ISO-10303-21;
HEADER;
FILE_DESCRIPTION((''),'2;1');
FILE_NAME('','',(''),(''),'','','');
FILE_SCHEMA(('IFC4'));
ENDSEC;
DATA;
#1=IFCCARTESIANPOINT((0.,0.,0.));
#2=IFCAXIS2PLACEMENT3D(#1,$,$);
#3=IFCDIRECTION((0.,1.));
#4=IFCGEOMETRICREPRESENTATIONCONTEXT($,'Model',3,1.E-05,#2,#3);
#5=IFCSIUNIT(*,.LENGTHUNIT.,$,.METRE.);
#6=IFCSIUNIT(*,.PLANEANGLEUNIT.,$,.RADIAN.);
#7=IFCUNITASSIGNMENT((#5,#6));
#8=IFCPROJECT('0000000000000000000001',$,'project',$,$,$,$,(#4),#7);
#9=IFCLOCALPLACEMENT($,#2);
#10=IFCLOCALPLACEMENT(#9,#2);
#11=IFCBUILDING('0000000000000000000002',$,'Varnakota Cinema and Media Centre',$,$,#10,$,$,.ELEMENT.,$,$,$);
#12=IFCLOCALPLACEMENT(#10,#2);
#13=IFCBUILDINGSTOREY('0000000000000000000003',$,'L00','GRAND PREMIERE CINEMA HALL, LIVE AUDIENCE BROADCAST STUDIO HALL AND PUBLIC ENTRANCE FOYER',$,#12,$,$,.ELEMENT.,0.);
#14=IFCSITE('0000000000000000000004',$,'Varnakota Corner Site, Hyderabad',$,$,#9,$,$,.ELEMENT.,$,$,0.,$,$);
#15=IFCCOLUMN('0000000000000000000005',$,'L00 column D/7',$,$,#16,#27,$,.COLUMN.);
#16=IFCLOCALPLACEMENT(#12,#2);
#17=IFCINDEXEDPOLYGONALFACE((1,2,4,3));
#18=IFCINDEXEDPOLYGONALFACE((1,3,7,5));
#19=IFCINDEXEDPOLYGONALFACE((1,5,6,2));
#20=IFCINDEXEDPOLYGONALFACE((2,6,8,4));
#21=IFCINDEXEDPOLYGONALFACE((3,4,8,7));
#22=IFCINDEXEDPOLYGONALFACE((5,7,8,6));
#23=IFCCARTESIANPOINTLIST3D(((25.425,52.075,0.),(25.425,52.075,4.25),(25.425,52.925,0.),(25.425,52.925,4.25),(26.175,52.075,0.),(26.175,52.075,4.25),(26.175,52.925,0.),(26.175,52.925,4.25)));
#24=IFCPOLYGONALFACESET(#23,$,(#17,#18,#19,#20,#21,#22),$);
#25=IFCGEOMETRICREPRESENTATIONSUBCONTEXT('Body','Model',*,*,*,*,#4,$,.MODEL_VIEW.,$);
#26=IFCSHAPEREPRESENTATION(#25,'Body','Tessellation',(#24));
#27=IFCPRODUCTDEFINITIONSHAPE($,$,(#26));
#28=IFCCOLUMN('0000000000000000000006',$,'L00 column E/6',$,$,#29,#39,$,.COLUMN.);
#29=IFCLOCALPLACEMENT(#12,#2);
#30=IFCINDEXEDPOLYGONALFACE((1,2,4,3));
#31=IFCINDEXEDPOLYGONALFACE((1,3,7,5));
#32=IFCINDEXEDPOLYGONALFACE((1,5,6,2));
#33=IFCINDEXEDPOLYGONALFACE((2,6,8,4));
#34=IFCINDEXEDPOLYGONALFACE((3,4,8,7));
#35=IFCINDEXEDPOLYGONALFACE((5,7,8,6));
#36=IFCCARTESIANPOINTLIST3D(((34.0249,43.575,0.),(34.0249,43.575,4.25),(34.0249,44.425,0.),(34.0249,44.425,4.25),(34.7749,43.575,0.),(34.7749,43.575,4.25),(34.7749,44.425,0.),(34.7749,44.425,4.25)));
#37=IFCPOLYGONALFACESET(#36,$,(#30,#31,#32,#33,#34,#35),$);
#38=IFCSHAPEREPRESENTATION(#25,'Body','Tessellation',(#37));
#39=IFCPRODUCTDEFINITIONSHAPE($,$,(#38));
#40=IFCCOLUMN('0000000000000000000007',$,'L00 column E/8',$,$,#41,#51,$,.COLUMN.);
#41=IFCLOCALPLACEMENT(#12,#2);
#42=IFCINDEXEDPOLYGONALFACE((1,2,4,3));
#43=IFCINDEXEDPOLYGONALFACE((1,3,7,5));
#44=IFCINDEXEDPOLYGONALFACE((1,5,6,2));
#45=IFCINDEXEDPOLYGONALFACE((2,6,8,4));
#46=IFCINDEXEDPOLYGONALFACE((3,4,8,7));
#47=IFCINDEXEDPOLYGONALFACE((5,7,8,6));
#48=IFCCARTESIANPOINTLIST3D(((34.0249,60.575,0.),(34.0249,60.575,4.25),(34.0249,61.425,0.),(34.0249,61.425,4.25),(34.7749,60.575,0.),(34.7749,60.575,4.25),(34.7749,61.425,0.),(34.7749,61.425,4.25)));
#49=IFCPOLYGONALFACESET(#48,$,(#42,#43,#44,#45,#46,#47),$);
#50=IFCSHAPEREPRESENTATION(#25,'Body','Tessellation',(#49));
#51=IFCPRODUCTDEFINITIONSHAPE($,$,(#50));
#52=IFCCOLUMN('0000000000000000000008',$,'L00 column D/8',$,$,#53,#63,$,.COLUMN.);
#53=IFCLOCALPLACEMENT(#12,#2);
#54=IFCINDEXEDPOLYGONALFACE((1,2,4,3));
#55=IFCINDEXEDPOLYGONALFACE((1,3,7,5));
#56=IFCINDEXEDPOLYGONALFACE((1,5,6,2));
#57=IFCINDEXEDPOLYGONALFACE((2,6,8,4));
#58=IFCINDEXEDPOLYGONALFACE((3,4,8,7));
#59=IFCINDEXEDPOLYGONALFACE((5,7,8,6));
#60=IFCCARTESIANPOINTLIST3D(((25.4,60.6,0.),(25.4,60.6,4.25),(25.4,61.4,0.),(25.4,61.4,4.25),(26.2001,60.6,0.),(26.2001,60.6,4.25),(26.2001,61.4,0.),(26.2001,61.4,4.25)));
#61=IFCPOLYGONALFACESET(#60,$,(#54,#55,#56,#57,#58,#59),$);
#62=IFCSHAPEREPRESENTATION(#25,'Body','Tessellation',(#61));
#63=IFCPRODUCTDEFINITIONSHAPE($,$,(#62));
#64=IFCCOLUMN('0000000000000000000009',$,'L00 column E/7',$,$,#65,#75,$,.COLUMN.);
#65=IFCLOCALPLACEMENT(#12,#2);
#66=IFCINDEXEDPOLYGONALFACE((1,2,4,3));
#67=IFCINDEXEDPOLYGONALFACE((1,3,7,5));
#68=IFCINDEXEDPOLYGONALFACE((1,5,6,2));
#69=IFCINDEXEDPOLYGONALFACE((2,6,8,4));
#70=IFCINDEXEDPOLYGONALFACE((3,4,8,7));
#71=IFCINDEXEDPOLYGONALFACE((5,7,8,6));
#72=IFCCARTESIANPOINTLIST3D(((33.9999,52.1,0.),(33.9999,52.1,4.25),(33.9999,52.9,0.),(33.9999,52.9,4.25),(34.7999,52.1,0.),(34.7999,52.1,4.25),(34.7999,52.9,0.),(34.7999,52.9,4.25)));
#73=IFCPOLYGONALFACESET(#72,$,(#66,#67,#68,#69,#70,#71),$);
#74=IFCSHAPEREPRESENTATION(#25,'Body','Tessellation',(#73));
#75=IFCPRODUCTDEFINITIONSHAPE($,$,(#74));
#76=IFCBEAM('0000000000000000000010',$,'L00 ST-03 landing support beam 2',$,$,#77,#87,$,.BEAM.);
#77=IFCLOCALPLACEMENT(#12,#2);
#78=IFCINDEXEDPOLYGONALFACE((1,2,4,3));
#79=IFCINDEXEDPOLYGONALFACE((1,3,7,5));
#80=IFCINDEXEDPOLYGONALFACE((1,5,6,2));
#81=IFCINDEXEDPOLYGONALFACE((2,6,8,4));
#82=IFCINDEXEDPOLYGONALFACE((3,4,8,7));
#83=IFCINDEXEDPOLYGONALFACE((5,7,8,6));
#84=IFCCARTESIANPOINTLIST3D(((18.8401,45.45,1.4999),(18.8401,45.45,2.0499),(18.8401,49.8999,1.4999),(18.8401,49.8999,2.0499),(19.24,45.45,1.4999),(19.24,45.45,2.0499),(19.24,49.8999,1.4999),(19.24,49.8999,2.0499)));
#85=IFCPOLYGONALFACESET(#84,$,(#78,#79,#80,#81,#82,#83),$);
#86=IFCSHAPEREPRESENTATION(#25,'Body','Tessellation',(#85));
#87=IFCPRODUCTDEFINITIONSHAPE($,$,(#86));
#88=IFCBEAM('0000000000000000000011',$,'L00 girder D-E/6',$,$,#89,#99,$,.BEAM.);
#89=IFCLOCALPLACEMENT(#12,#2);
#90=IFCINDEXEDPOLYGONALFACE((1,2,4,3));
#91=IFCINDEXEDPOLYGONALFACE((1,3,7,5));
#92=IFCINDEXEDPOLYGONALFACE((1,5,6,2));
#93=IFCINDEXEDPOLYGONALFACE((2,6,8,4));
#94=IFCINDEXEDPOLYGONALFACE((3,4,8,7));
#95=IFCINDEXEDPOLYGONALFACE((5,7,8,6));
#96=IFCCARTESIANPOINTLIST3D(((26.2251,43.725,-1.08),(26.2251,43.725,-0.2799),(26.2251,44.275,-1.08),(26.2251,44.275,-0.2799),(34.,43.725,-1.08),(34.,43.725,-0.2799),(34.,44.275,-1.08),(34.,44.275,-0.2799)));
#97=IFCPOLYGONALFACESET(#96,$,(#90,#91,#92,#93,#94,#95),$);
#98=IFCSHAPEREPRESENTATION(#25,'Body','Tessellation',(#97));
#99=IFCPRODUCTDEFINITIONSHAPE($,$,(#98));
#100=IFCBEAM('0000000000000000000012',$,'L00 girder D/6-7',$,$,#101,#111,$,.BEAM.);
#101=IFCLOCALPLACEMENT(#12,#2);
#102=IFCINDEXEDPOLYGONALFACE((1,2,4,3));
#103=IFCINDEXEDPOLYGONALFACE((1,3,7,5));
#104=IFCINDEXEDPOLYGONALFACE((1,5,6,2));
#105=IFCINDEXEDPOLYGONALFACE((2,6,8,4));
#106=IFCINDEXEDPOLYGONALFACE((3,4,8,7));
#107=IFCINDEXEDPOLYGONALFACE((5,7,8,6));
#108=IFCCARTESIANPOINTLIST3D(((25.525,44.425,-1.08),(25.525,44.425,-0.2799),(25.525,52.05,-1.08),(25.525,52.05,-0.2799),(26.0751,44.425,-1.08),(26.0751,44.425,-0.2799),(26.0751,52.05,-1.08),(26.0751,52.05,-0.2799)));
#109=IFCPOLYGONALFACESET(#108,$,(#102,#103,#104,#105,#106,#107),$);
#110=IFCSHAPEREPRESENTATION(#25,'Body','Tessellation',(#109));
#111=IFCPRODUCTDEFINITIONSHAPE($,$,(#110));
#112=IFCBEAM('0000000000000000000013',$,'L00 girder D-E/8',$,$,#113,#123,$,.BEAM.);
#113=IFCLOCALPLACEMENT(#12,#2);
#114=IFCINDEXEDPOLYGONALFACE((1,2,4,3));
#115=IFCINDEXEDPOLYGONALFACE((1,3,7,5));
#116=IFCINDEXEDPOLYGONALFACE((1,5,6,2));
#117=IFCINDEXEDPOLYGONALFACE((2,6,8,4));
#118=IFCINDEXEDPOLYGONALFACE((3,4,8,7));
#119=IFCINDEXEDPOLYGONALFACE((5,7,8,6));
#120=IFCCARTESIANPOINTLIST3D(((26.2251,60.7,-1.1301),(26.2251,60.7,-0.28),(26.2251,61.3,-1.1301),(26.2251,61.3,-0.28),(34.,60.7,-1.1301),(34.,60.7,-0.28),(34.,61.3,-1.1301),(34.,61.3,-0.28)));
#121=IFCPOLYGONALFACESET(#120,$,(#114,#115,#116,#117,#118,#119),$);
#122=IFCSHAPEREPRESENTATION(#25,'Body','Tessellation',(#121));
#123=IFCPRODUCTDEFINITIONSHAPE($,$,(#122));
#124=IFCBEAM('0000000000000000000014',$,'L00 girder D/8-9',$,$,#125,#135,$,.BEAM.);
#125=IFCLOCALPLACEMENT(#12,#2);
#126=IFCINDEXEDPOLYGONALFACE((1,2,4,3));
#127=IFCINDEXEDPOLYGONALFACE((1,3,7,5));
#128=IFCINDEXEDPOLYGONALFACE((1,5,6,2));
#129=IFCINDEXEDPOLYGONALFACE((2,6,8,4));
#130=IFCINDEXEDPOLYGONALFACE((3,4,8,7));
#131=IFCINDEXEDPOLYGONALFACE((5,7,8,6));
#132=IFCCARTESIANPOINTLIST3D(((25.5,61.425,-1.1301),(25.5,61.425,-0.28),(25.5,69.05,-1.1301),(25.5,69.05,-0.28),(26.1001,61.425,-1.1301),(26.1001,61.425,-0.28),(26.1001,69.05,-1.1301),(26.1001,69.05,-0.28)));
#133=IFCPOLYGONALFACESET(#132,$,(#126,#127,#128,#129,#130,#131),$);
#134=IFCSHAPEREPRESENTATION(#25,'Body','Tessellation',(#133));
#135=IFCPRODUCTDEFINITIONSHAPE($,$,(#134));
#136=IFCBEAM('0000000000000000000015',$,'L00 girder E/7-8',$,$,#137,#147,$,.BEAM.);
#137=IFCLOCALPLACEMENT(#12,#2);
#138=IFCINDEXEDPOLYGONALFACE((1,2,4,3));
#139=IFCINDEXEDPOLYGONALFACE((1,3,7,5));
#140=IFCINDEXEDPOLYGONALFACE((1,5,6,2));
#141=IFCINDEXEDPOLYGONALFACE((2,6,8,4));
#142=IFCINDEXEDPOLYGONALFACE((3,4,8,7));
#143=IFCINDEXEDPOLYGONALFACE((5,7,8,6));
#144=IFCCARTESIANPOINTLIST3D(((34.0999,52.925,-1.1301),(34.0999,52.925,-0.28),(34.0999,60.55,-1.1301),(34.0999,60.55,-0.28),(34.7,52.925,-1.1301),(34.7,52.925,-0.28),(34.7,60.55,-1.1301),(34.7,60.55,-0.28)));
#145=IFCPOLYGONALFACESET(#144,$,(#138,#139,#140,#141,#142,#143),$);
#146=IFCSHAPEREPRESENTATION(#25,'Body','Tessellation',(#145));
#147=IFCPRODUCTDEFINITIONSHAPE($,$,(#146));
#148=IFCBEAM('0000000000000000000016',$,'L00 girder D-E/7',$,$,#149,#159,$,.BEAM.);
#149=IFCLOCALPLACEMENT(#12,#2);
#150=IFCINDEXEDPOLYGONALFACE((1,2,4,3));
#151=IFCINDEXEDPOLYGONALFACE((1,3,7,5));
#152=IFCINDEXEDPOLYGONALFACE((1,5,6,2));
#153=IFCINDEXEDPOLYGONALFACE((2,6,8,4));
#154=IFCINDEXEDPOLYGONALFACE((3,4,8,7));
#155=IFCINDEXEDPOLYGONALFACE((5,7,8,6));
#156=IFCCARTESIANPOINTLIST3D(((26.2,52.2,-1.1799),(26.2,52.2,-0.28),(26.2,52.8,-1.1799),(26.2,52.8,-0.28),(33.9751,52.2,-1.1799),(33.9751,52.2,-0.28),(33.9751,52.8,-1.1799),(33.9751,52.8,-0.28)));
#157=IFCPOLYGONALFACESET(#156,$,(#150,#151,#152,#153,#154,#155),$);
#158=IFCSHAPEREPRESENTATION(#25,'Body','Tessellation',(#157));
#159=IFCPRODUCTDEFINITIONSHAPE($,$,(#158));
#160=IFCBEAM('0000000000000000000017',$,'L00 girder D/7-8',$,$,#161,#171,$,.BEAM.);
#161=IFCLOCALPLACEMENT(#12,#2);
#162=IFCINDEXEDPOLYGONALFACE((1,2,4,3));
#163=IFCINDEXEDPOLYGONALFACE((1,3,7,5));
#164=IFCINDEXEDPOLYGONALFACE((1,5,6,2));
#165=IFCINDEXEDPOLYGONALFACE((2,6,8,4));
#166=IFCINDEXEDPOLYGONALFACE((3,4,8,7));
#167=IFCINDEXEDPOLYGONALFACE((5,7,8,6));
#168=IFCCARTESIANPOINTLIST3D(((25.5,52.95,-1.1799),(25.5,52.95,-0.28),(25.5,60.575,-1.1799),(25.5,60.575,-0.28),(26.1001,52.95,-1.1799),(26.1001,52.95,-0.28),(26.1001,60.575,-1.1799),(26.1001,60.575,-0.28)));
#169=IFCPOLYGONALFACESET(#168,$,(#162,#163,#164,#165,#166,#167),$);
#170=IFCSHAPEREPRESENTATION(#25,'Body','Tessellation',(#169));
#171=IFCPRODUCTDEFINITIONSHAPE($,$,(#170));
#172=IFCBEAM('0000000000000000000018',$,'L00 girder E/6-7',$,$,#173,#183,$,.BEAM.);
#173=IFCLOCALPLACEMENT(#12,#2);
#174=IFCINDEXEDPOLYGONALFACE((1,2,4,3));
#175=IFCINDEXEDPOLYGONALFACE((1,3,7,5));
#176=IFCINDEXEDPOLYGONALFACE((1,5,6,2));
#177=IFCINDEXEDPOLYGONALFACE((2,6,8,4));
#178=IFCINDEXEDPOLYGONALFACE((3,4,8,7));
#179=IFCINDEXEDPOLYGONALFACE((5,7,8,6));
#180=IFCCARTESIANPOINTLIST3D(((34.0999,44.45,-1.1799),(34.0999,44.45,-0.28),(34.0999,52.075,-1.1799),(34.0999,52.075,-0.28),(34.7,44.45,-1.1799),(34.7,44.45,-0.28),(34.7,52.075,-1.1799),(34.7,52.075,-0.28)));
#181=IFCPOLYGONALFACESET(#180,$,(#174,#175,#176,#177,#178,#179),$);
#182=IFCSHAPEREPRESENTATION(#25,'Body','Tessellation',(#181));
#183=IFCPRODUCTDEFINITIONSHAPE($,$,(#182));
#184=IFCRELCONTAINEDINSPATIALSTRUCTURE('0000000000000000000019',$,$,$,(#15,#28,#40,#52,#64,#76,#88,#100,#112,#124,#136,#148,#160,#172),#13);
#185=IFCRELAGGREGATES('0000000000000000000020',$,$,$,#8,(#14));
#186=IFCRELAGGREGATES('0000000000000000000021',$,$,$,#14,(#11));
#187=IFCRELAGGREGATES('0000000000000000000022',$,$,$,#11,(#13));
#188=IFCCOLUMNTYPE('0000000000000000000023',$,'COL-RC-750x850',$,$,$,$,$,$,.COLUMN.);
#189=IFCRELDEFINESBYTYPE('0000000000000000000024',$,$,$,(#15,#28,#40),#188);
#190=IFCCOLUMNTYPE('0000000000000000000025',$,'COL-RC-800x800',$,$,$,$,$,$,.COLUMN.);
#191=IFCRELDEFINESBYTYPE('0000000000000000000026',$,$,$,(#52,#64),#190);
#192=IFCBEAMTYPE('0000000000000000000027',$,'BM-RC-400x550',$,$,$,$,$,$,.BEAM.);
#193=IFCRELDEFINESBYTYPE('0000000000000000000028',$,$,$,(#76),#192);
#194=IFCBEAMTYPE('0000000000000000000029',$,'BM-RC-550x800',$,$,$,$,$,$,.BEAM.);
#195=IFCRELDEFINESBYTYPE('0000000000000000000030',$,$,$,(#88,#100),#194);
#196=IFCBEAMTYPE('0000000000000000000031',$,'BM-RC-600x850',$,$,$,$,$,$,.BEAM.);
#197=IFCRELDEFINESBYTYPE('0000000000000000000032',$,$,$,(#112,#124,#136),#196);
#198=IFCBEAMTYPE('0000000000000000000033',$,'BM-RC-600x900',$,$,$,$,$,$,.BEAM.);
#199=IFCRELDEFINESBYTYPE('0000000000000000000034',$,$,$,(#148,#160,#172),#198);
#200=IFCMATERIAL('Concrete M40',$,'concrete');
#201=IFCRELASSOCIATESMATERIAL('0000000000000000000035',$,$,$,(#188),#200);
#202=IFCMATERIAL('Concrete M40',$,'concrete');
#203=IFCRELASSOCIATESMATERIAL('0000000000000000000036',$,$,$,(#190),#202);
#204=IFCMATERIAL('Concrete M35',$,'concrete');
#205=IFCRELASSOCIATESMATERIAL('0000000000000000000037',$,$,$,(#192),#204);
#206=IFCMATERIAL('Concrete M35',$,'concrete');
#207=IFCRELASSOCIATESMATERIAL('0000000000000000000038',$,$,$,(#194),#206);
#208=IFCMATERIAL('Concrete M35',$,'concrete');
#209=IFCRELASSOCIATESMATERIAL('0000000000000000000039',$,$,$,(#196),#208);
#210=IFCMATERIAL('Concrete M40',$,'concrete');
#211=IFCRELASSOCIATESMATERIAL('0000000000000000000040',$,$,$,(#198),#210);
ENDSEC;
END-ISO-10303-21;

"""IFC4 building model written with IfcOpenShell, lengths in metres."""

from ifc_helpers import new_model, si_unit, direction, frame, origin, origin_2d, place, context, subcontext, project, spatial, rectangle, extrude, material, material_profile, profile_set, type_object, element, save


model = new_model("IFC4")

# Units and contexts
model_context = context("Model", 3, precision=1e-05, world=origin(), true_north=direction((0.0, 1.0)))
body_context = subcontext(model_context, "Body", "Model", "MODEL_VIEW")
ifc_project = project(units=[si_unit("LENGTHUNIT", "METRE"), si_unit("PLANEANGLEUNIT", "RADIAN")], contexts=[model_context])

# Site, building, storey
site_placement = place(None, origin())
site = spatial("IfcSite", under=ifc_project, at=site_placement, Name="Varnakota Corner Site, Hyderabad", CompositionType="ELEMENT", RefElevation=0.0)
building_placement = place(site_placement, origin())
building = spatial("IfcBuilding", under=site, at=building_placement, Name="Varnakota Cinema and Media Centre", CompositionType="ELEMENT")
storey_placement = place(building_placement, origin())
storey = spatial("IfcBuildingStorey", under=building, at=storey_placement, Name="L00", Description="GRAND PREMIERE CINEMA HALL, LIVE AUDIENCE BROADCAST STUDIO HALL AND PUBLIC ENTRANCE FOYER", CompositionType="ELEMENT", Elevation=0.0)

# Columns
ifc_material_1 = material(Name="Concrete M40", Category="concrete")
ifc_material_profile_1 = material_profile(ifc_material_1, rectangle(XDim=0.75, YDim=0.8501, at=origin_2d()), Name="RC 750x850")
ifc_profile_set_1 = profile_set([ifc_material_profile_1], Name="Concrete M40")
column_type_1 = type_object("IfcColumnType", Name="COL-RC-750x850", PredefinedType="COLUMN", material=ifc_profile_set_1)
for number, where, z_axis, x_axis, name in (
    (1, (25.8, 52.5, 0.0), (0.0, 0.0, 1.0), (1.0, 0.0, 0.0), "L00 column D/7"),
    (2, (34.3999, 44.0, 0.0), (0.0, 0.0, 1.0), (1.0, 0.0, 0.0), "L00 column E/6"),
    (3, (34.3999, 61.0, 0.0), (0.0, 0.0, 1.0), (1.0, 0.0, 0.0), "L00 column E/8"),
):
    element("IfcColumn", number, at=place(storey_placement, frame(where, z_axis=z_axis, x_axis=x_axis)), inside=storey, type_object=column_type_1, Name=name, PredefinedType="COLUMN", context=body_context, shape_type="SweptSolid", body=[
        extrude(rectangle(XDim=0.75, YDim=0.8501, at=origin_2d()), origin(), (0.0, 0.0, 1.0), 4.25),
    ])
ifc_material_2 = material(Name="Concrete M40", Category="concrete")
ifc_material_profile_2 = material_profile(ifc_material_2, rectangle(XDim=0.8, YDim=0.8, at=origin_2d()), Name="RC 800x800")
ifc_profile_set_2 = profile_set([ifc_material_profile_2], Name="Concrete M40")
column_type_2 = type_object("IfcColumnType", Name="COL-RC-800x800", PredefinedType="COLUMN", material=ifc_profile_set_2)
for number, where, z_axis, x_axis, name in (
    (4, (25.8, 61.0, 0.0), (0.0, 0.0, 1.0), (1.0, 0.0, 0.0), "L00 column D/8"),
    (5, (34.3999, 52.5, 0.0), (0.0, 0.0, 1.0), (1.0, 0.0, 0.0), "L00 column E/7"),
):
    element("IfcColumn", number, at=place(storey_placement, frame(where, z_axis=z_axis, x_axis=x_axis)), inside=storey, type_object=column_type_2, Name=name, PredefinedType="COLUMN", context=body_context, shape_type="SweptSolid", body=[
        extrude(rectangle(XDim=0.8, YDim=0.8, at=origin_2d()), origin(), (0.0, 0.0, 1.0), 4.25),
    ])

# Beams
ifc_material_3 = material(Name="Concrete M35", Category="concrete")
ifc_material_profile_3 = material_profile(ifc_material_3, rectangle(XDim=0.3999, YDim=0.55, at=origin_2d()), Name="RCB 400x550")
ifc_profile_set_3 = profile_set([ifc_material_profile_3], Name="Concrete M35")
beam_type_1 = type_object("IfcBeamType", Name="BM-RC-400x550", PredefinedType="BEAM", material=ifc_profile_set_3)
beam_1_placement = place(storey_placement, frame((19.04, 45.45, 1.7749), z_axis=(0.0, 1.0, 0.0), x_axis=(-1.0, 0.0, 0.0)))
element("IfcBeam", 6, at=beam_1_placement, inside=storey, type_object=beam_type_1, Name="L00 ST-03 landing support beam 2", PredefinedType="BEAM", context=body_context, shape_type="SweptSolid", body=[
    extrude(rectangle(XDim=0.3999, YDim=0.55, at=origin_2d()), origin(), (0.0, 0.0, 1.0), 4.45),
])
ifc_material_4 = material(Name="Concrete M35", Category="concrete")
ifc_material_profile_4 = material_profile(ifc_material_4, rectangle(XDim=0.55, YDim=0.8, at=origin_2d()), Name="RCB 550x800")
ifc_profile_set_4 = profile_set([ifc_material_profile_4], Name="Concrete M35")
beam_type_2 = type_object("IfcBeamType", Name="BM-RC-550x800", PredefinedType="BEAM", material=ifc_profile_set_4)
beam_2_placement = place(storey_placement, frame((26.2251, 44.0, -0.6799), z_axis=(1.0, 0.0, 0.0), x_axis=(0.0, 1.0, 0.0)))
element("IfcBeam", 7, at=beam_2_placement, inside=storey, type_object=beam_type_2, Name="L00 girder D-E/6", PredefinedType="BEAM", context=body_context, shape_type="SweptSolid", body=[
    extrude(rectangle(XDim=0.55, YDim=0.8, at=origin_2d()), origin(), (0.0, 0.0, 1.0), 7.7749),
])
beam_3_placement = place(storey_placement, frame((25.8, 44.425, -0.6799), z_axis=(0.0, 1.0, 0.0), x_axis=(-1.0, 0.0, 0.0)))
element("IfcBeam", 8, at=beam_3_placement, inside=storey, type_object=beam_type_2, Name="L00 girder D/6-7", PredefinedType="BEAM", context=body_context, shape_type="SweptSolid", body=[
    extrude(rectangle(XDim=0.55, YDim=0.8, at=origin_2d()), origin(), (0.0, 0.0, 1.0), 7.625),
])
ifc_material_5 = material(Name="Concrete M35", Category="concrete")
ifc_material_profile_5 = material_profile(ifc_material_5, rectangle(XDim=0.6001, YDim=0.8501, at=origin_2d()), Name="RCB 600x850")
ifc_profile_set_5 = profile_set([ifc_material_profile_5], Name="Concrete M35")
beam_type_3 = type_object("IfcBeamType", Name="BM-RC-600x850", PredefinedType="BEAM", material=ifc_profile_set_5)
beam_4_placement = place(storey_placement, frame((26.2251, 61.0, -0.7051), z_axis=(1.0, 0.0, 0.0), x_axis=(0.0, 1.0, 0.0)))
element("IfcBeam", 9, at=beam_4_placement, inside=storey, type_object=beam_type_3, Name="L00 girder D-E/8", PredefinedType="BEAM", context=body_context, shape_type="SweptSolid", body=[
    extrude(rectangle(XDim=0.6001, YDim=0.8501, at=origin_2d()), origin(), (0.0, 0.0, 1.0), 7.7749),
])
for number, where, z_axis, x_axis, name in (
    (10, (25.8, 61.425, -0.7051), (0.0, 1.0, 0.0), (-1.0, 0.0, 0.0), "L00 girder D/8-9"),
    (11, (34.3999, 52.925, -0.7051), (0.0, 1.0, 0.0), (-1.0, 0.0, 0.0), "L00 girder E/7-8"),
):
    element("IfcBeam", number, at=place(storey_placement, frame(where, z_axis=z_axis, x_axis=x_axis)), inside=storey, type_object=beam_type_3, Name=name, PredefinedType="BEAM", context=body_context, shape_type="SweptSolid", body=[
        extrude(rectangle(XDim=0.6001, YDim=0.8501, at=origin_2d()), origin(), (0.0, 0.0, 1.0), 7.625),
    ])
ifc_material_6 = material(Name="Concrete M40", Category="concrete")
ifc_material_profile_6 = material_profile(ifc_material_6, rectangle(XDim=0.6001, YDim=0.8999, at=origin_2d()), Name="RCB 600x900")
ifc_profile_set_6 = profile_set([ifc_material_profile_6], Name="Concrete M40")
beam_type_4 = type_object("IfcBeamType", Name="BM-RC-600x900", PredefinedType="BEAM", material=ifc_profile_set_6)
beam_5_placement = place(storey_placement, frame((26.2, 52.5, -0.73), z_axis=(1.0, 0.0, 0.0), x_axis=(0.0, 1.0, 0.0)))
element("IfcBeam", 12, at=beam_5_placement, inside=storey, type_object=beam_type_4, Name="L00 girder D-E/7", PredefinedType="BEAM", context=body_context, shape_type="SweptSolid", body=[
    extrude(rectangle(XDim=0.6001, YDim=0.8999, at=origin_2d()), origin(), (0.0, 0.0, 1.0), 7.7751),
])
for number, where, z_axis, x_axis, name in (
    (13, (25.8, 52.95, -0.73), (0.0, 1.0, 0.0), (-1.0, 0.0, 0.0), "L00 girder D/7-8"),
    (14, (34.3999, 44.45, -0.73), (0.0, 1.0, 0.0), (-1.0, 0.0, 0.0), "L00 girder E/6-7"),
):
    element("IfcBeam", number, at=place(storey_placement, frame(where, z_axis=z_axis, x_axis=x_axis)), inside=storey, type_object=beam_type_4, Name=name, PredefinedType="BEAM", context=body_context, shape_type="SweptSolid", body=[
        extrude(rectangle(XDim=0.6001, YDim=0.8999, at=origin_2d()), origin(), (0.0, 0.0, 1.0), 7.625),
    ])

save(model, "model.ifc")
